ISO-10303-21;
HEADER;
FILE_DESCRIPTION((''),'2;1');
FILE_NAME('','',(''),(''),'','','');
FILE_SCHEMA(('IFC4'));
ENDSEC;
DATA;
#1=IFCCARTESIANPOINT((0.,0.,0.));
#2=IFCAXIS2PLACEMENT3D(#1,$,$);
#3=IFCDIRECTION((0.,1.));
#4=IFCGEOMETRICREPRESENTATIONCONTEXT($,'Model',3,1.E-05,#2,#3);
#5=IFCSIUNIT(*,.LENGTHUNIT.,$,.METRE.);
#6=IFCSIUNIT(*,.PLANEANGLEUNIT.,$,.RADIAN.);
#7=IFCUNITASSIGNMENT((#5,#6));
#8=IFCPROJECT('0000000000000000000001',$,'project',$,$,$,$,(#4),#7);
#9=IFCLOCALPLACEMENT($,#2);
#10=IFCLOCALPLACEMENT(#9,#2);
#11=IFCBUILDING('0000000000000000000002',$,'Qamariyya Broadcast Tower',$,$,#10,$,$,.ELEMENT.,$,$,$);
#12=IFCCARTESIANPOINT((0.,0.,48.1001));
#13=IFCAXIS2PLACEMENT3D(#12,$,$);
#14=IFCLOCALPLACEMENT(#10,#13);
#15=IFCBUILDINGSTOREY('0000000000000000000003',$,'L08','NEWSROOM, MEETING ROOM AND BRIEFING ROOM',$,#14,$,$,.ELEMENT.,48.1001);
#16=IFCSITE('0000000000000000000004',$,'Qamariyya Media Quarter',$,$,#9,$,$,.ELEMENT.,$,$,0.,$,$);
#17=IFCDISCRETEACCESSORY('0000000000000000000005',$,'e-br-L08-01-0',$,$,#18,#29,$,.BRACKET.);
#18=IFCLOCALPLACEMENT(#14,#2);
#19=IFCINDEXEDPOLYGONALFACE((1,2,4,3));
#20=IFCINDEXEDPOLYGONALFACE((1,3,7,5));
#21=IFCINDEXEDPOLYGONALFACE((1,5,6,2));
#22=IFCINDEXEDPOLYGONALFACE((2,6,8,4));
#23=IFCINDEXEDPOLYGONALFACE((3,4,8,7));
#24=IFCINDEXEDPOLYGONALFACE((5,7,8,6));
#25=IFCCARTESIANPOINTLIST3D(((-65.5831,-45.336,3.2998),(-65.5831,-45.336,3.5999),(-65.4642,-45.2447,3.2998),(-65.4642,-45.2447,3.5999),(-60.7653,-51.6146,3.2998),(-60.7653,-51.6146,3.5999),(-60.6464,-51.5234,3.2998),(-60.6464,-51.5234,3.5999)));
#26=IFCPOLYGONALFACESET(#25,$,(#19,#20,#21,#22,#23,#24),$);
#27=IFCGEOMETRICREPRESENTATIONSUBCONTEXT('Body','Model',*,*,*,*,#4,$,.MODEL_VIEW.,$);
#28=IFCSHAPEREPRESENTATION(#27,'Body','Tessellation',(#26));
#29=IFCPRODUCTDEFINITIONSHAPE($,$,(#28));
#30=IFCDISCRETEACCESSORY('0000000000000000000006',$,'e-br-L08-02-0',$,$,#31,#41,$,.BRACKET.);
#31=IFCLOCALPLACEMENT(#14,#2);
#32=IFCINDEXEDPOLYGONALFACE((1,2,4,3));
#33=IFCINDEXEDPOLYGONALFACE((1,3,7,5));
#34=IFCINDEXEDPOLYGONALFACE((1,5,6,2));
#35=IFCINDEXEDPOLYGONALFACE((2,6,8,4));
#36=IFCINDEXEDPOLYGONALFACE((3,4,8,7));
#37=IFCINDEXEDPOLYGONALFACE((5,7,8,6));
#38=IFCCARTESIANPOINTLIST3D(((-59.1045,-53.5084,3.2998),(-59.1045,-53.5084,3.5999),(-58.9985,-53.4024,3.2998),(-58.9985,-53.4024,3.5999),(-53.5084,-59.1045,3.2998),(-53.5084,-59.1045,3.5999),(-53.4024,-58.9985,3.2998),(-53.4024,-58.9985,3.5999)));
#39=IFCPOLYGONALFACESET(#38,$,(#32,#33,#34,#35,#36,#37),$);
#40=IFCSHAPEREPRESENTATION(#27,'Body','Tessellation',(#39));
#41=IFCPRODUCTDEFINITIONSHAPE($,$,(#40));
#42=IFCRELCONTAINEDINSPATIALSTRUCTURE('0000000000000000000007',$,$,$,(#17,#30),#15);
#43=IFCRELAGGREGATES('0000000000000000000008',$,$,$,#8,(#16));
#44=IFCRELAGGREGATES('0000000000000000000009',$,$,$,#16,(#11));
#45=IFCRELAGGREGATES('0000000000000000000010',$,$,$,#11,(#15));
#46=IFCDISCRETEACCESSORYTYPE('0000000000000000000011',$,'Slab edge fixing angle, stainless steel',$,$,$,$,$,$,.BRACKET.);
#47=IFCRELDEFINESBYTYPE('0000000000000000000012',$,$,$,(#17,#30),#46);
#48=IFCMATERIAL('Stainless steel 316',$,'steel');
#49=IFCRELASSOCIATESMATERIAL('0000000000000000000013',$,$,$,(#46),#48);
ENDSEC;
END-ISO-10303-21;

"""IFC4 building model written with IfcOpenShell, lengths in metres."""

from ifc_helpers import new_model, si_unit, direction, frame, origin, origin_2d, place, context, subcontext, project, spatial, rectangle, extrude, material, type_object, element, save


model = new_model("IFC4")

# Units and contexts
model_context = context("Model", 3, precision=1e-05, world=origin(), true_north=direction((0.0, 1.0)))
body_context = subcontext(model_context, "Body", "Model", "MODEL_VIEW")
ifc_project = project(units=[si_unit("LENGTHUNIT", "METRE"), si_unit("PLANEANGLEUNIT", "RADIAN")], contexts=[model_context])

# Site, building, storey
site_placement = place(None, origin())
site = spatial("IfcSite", under=ifc_project, at=site_placement, Name="Qamariyya Media Quarter", CompositionType="ELEMENT", RefElevation=0.0)
building_placement = place(site_placement, origin())
building = spatial("IfcBuilding", under=site, at=building_placement, Name="Qamariyya Broadcast Tower", CompositionType="ELEMENT")
storey_placement = place(building_placement, frame((0.0, 0.0, 48.1001)))
storey = spatial("IfcBuildingStorey", under=building, at=storey_placement, Name="L08", Description="NEWSROOM, MEETING ROOM AND BRIEFING ROOM", CompositionType="ELEMENT", Elevation=48.1001)

# Discrete accessories
ifc_material_1 = material(Name="Stainless steel 316", Category="steel")
discrete_accessory_type = type_object("IfcDiscreteAccessoryType", Name="Slab edge fixing angle, stainless steel", PredefinedType="BRACKET", material=ifc_material_1)
for number, where, z_axis, x_axis, name in (
    (1, (-63.1147, -48.4297, 3.2998), (0.0, 0.0, 1.0), (0.608761, -0.793353, 0.0), "e-br-L08-01-0"),
    (2, (-56.2534, -56.2534, 3.2998), (0.0, 0.0, 1.0), (0.707107, -0.707107, 0.0), "e-br-L08-02-0"),
):
    element("IfcDiscreteAccessory", number, at=place(storey_placement, frame(where, z_axis=z_axis, x_axis=x_axis)), inside=storey, type_object=discrete_accessory_type, Name=name, PredefinedType="BRACKET", context=body_context, shape_type="SweptSolid", body=[
        extrude(rectangle(XDim=7.9141, YDim=0.1499, at=origin_2d()), origin(), (0.0, 0.0, 1.0), 0.3),
    ])

save(model, "model.ifc")
